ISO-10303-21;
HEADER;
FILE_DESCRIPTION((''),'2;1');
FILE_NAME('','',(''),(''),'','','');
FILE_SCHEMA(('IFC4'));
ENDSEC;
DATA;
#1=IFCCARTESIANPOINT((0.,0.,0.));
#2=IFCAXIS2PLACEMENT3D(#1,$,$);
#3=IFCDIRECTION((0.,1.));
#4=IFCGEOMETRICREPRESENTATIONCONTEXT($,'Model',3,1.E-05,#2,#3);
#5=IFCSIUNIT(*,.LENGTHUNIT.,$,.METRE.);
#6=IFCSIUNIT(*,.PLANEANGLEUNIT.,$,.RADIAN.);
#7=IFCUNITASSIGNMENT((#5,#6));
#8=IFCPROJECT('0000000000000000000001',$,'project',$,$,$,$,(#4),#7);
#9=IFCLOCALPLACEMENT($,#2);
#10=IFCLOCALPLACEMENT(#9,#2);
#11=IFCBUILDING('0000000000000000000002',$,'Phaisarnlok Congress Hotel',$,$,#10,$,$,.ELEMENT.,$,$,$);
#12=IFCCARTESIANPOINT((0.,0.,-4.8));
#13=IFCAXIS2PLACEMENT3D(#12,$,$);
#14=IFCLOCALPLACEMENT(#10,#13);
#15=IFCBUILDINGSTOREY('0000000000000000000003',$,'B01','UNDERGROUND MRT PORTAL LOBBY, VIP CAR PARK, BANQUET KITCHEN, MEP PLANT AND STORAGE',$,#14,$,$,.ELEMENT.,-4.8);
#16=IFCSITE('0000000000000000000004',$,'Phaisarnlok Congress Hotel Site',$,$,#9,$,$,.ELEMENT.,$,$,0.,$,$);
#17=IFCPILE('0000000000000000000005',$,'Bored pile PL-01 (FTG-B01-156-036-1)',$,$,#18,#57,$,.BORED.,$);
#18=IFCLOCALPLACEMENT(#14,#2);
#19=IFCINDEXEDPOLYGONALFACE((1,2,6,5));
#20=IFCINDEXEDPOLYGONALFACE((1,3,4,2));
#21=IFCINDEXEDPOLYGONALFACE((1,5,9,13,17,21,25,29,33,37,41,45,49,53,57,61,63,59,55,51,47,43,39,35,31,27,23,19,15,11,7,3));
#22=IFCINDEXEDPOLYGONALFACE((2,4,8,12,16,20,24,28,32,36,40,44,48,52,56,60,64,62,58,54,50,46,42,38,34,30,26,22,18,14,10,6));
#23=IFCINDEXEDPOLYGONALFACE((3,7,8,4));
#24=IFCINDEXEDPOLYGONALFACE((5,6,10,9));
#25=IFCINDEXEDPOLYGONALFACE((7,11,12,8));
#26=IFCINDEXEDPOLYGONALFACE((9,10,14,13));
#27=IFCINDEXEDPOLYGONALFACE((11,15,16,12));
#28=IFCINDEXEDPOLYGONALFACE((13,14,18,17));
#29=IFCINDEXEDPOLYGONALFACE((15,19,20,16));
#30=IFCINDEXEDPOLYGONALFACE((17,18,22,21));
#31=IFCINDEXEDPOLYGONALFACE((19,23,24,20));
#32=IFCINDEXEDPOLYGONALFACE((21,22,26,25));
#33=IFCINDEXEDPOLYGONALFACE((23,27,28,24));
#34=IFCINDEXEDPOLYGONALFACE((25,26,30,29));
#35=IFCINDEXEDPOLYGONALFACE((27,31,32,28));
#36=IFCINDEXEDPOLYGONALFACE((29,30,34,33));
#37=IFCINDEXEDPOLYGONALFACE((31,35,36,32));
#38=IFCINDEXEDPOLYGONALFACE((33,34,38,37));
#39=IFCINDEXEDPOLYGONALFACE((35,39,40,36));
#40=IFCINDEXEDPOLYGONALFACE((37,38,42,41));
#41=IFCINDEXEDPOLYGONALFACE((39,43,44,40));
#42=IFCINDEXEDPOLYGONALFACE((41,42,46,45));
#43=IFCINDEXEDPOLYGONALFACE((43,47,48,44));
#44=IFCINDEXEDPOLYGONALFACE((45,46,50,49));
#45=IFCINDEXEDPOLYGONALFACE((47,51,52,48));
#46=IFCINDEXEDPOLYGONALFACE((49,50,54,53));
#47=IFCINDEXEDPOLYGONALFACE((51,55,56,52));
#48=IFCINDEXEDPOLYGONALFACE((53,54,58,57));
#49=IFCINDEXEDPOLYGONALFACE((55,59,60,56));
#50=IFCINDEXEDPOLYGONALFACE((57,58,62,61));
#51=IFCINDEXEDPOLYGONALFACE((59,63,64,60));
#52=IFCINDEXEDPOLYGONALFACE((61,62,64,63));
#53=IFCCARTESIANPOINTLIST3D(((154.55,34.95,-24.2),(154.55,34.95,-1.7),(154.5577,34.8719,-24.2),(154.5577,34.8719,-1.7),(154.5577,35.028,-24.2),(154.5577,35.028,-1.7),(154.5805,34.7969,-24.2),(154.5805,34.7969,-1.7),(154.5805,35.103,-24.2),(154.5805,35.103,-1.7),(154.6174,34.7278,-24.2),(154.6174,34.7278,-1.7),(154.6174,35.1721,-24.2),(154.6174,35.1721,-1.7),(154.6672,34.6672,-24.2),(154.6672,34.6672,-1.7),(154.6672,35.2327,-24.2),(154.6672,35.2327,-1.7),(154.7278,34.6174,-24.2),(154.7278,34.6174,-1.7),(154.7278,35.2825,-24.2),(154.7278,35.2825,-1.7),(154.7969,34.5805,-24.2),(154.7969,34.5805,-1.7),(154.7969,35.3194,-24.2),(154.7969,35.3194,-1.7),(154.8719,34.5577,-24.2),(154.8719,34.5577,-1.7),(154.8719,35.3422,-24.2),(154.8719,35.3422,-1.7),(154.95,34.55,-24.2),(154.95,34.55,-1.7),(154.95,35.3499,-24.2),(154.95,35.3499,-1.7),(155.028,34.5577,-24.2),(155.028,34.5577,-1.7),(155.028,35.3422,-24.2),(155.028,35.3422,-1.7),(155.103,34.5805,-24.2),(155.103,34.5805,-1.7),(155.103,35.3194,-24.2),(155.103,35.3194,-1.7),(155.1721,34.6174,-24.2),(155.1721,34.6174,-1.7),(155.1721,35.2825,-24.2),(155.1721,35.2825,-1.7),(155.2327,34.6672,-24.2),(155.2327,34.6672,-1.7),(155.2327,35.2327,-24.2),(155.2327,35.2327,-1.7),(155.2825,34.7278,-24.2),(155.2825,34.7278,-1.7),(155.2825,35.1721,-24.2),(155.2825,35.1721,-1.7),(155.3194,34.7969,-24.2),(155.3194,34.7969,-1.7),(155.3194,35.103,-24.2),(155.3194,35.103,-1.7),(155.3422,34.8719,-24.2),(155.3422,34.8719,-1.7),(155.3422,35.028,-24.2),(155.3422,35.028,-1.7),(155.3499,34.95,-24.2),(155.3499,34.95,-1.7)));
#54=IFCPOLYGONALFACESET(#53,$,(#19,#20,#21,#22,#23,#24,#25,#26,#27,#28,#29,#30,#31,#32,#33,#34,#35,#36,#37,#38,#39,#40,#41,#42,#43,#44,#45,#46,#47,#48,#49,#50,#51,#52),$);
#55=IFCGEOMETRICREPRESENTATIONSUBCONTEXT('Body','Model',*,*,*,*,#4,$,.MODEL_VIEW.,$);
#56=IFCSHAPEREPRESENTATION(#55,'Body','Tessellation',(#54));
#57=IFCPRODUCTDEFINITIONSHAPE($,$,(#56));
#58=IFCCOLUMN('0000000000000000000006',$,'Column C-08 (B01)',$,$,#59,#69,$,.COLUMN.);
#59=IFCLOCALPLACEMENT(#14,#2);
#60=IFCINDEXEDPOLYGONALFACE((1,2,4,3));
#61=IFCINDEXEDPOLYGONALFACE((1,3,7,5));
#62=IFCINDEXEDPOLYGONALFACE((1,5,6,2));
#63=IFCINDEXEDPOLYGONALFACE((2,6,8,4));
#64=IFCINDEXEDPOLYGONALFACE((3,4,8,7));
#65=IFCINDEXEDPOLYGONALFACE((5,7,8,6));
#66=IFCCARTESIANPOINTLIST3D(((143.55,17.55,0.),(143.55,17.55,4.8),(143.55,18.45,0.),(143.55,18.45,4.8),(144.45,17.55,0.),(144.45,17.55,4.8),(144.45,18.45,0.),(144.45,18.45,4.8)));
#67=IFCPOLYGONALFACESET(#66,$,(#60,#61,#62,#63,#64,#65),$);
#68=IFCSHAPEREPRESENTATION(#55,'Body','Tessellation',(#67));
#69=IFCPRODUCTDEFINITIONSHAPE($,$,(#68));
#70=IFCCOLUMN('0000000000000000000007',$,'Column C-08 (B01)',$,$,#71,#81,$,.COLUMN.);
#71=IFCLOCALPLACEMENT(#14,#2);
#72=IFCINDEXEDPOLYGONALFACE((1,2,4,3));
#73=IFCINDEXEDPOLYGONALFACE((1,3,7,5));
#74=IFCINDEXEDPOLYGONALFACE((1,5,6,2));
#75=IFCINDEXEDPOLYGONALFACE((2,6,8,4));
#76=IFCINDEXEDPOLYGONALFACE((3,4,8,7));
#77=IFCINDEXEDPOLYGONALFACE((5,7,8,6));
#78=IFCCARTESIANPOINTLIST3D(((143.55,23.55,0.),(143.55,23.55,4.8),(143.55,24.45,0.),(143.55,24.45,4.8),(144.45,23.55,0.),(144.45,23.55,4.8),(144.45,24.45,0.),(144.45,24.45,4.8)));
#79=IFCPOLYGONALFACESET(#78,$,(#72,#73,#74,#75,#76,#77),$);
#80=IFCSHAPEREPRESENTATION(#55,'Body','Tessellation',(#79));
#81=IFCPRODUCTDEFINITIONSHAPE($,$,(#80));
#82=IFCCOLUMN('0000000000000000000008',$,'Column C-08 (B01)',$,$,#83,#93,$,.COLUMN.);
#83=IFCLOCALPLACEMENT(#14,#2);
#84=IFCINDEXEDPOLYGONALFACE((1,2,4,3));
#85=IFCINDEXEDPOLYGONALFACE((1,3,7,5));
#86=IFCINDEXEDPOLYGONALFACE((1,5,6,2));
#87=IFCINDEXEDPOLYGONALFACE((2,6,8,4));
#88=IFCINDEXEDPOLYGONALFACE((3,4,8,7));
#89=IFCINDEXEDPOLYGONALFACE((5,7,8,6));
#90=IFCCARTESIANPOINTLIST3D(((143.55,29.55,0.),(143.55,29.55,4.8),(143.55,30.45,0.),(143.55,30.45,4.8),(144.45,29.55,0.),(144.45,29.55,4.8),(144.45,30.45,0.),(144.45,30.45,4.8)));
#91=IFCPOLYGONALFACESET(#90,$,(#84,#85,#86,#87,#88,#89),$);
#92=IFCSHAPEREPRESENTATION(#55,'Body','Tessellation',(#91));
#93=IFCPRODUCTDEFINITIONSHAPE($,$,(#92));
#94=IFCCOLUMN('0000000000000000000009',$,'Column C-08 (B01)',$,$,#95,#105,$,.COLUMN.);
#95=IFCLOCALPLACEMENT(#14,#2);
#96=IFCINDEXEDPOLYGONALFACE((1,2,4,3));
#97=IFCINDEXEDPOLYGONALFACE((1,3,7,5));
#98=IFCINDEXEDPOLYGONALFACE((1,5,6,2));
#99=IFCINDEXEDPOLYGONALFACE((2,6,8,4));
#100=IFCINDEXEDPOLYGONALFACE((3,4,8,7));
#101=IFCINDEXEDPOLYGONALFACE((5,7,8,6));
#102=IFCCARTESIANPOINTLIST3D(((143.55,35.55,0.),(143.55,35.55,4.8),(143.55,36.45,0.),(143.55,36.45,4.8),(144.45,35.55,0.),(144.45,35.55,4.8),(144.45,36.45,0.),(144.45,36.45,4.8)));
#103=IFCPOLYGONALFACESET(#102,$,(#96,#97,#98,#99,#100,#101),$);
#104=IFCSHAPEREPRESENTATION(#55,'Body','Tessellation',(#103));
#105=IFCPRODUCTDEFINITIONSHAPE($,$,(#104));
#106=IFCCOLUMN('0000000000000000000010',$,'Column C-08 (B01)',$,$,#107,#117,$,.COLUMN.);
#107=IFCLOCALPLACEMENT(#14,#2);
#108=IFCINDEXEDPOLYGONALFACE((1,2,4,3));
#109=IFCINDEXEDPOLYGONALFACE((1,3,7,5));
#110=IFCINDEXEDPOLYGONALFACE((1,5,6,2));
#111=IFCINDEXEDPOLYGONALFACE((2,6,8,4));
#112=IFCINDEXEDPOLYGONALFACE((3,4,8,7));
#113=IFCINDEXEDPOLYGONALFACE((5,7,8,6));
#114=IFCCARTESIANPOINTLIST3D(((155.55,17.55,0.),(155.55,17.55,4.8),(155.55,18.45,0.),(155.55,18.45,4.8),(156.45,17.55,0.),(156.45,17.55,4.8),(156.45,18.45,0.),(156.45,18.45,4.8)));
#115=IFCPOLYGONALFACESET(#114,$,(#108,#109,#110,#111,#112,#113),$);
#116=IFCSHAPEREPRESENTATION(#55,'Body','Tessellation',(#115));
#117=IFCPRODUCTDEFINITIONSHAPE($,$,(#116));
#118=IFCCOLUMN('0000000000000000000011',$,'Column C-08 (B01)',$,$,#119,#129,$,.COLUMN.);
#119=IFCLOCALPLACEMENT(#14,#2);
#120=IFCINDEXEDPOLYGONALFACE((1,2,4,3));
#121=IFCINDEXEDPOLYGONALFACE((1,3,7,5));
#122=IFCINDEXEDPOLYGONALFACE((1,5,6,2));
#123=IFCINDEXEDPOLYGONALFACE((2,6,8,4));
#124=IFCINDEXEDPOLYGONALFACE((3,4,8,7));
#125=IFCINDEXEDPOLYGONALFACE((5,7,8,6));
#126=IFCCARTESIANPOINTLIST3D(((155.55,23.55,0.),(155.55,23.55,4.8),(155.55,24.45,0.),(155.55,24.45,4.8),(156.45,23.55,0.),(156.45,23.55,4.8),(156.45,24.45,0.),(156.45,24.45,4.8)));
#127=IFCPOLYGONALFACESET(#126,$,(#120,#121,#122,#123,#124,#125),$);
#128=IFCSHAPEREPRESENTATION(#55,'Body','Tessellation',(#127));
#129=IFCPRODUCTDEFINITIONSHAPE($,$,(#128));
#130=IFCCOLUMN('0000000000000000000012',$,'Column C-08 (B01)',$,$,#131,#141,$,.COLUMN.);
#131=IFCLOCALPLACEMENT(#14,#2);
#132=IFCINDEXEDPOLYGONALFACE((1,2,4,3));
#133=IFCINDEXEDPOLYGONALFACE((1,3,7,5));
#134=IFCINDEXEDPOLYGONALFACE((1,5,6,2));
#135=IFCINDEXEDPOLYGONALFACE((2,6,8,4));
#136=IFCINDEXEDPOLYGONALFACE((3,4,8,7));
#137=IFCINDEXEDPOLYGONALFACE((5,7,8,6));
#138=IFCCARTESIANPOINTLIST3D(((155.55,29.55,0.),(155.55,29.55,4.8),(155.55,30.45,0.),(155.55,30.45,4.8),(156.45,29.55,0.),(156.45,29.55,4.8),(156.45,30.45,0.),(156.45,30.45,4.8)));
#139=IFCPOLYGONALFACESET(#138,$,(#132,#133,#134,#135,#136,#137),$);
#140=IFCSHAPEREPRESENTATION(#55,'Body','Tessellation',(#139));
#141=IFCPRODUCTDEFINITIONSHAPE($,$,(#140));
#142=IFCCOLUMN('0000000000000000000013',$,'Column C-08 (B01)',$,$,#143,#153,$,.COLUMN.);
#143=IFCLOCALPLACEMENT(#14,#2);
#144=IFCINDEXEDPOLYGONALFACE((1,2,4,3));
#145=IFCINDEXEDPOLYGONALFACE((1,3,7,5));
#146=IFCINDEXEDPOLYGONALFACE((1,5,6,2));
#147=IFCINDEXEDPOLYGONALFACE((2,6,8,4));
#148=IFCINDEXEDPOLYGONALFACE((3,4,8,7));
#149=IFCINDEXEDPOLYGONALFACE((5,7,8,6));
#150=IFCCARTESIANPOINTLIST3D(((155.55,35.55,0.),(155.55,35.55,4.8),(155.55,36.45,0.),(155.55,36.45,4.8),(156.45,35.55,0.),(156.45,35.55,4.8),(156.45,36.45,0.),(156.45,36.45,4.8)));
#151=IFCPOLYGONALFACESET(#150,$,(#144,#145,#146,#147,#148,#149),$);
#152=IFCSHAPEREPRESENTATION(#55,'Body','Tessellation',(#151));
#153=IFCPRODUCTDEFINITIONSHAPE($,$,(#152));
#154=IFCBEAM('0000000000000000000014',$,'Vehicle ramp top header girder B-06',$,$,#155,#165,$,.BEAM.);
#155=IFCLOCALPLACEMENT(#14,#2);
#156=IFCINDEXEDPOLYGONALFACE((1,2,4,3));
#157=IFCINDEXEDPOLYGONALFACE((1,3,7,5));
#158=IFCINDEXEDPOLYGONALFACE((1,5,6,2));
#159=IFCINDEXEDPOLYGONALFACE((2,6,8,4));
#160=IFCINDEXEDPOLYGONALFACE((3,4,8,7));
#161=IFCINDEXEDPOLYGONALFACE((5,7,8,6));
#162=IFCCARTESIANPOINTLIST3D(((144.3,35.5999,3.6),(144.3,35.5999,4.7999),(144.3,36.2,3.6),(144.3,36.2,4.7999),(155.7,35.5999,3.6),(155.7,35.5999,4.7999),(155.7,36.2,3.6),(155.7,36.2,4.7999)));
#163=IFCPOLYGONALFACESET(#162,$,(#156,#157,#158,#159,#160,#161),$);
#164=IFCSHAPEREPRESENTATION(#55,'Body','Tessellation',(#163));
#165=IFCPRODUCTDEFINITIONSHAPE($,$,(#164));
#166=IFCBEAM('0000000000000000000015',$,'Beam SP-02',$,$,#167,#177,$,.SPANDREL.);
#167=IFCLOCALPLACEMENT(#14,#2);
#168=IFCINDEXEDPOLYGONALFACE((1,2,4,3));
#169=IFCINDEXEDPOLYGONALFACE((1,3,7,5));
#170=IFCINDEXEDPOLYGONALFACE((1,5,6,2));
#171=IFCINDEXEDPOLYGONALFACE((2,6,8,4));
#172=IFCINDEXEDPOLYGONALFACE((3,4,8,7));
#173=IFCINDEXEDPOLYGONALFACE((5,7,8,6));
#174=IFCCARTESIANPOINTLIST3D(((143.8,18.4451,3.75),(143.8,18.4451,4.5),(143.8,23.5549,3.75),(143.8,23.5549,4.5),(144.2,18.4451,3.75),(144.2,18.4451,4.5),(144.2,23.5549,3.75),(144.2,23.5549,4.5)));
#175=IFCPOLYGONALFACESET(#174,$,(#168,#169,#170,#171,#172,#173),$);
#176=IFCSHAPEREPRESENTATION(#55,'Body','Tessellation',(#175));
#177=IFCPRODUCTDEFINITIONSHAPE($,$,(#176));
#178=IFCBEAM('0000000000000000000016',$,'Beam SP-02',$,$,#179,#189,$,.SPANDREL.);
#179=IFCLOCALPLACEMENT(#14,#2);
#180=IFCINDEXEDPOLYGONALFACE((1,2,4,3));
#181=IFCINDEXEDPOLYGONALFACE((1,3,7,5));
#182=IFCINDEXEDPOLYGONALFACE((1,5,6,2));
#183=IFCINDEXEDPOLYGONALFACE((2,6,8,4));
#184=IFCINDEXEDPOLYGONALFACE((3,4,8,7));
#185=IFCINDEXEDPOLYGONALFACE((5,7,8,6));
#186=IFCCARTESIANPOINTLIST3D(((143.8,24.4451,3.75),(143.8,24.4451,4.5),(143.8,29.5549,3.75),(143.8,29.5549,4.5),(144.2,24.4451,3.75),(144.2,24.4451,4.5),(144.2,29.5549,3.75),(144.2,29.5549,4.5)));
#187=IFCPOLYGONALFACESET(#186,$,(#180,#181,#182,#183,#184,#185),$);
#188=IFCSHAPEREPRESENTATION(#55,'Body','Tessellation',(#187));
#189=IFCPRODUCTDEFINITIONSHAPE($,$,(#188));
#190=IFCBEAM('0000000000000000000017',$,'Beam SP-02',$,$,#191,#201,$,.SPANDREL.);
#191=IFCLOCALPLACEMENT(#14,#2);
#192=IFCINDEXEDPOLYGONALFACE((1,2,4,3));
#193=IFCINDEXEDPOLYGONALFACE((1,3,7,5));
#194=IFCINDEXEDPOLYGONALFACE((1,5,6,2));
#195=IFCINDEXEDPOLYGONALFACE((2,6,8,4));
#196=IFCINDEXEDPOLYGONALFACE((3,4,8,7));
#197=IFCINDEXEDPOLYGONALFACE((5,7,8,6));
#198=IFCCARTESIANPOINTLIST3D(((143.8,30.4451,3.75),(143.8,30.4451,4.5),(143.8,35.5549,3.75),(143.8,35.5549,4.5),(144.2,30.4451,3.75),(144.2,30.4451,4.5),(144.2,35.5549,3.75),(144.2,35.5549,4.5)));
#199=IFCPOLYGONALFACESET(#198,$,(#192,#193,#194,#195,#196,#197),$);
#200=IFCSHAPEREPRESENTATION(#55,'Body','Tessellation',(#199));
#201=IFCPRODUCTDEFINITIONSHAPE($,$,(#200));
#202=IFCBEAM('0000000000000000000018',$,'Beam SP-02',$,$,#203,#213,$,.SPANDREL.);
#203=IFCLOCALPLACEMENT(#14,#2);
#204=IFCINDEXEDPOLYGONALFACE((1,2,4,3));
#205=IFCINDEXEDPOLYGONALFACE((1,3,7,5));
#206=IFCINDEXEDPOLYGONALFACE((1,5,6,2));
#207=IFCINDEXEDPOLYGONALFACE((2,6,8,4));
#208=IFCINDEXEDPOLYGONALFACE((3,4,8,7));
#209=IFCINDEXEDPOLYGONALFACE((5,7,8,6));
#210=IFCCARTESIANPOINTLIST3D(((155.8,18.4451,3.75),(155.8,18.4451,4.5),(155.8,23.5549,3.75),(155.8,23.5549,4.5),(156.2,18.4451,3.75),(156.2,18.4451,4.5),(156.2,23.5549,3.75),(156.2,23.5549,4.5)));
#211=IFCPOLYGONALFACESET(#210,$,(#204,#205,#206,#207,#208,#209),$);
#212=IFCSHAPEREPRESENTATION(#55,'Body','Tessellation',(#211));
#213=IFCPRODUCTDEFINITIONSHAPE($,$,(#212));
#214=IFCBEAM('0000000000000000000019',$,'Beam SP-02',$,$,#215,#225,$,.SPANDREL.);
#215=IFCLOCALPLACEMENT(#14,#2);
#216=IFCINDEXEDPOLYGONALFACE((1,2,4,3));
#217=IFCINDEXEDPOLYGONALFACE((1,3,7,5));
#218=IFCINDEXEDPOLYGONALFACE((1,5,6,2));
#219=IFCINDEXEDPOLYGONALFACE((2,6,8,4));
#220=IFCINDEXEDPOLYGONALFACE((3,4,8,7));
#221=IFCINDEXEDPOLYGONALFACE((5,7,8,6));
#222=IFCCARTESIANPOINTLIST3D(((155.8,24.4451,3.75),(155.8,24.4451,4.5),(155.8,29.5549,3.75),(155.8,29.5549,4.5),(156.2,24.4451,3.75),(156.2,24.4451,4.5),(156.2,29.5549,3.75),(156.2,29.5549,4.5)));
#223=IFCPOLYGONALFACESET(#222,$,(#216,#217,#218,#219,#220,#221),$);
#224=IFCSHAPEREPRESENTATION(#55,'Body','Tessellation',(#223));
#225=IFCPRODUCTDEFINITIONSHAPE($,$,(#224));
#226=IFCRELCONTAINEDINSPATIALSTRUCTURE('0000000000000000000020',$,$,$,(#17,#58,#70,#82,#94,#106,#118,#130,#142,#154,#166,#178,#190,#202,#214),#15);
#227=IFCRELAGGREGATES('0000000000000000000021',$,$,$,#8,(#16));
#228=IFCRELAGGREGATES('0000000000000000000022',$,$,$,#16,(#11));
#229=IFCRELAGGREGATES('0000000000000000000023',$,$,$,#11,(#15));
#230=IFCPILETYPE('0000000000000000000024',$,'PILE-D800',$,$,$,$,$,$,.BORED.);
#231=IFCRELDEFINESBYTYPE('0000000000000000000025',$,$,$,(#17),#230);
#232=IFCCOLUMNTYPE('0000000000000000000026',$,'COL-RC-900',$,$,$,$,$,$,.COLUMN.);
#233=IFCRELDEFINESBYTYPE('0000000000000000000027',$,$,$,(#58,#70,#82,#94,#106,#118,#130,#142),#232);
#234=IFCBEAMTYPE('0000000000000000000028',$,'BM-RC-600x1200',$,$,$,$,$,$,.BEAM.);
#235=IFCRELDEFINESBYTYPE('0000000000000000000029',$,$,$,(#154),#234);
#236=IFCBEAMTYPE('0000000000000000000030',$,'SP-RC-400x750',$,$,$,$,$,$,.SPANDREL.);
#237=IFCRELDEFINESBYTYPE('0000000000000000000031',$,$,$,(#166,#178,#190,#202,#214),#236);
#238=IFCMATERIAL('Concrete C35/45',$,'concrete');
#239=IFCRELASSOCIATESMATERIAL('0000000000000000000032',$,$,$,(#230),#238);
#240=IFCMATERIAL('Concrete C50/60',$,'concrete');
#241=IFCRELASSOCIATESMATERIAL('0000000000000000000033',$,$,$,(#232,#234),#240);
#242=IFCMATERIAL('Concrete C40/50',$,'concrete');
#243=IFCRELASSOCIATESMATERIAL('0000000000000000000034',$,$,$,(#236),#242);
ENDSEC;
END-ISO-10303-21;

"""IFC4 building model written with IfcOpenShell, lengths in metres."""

from ifc_helpers import new_model, si_unit, direction, frame, origin, origin_2d, place, context, subcontext, project, spatial, rectangle, circle, extrude, material, material_profile, profile_set, type_object, element, save


model = new_model("IFC4")

# Units and contexts
model_context = context("Model", 3, precision=1e-05, world=origin(), true_north=direction((0.0, 1.0)))
body_context = subcontext(model_context, "Body", "Model", "MODEL_VIEW")
ifc_project = project(units=[si_unit("LENGTHUNIT", "METRE"), si_unit("PLANEANGLEUNIT", "RADIAN")], contexts=[model_context])

# Site, building, storey
site_placement = place(None, origin())
site = spatial("IfcSite", under=ifc_project, at=site_placement, Name="Phaisarnlok Congress Hotel Site", CompositionType="ELEMENT", RefElevation=0.0)
building_placement = place(site_placement, origin())
building = spatial("IfcBuilding", under=site, at=building_placement, Name="Phaisarnlok Congress Hotel", CompositionType="ELEMENT")
storey_placement = place(building_placement, frame((0.0, 0.0, -4.8)))
storey = spatial("IfcBuildingStorey", under=building, at=storey_placement, Name="B01", Description="UNDERGROUND MRT PORTAL LOBBY, VIP CAR PARK, BANQUET KITCHEN, MEP PLANT AND STORAGE", CompositionType="ELEMENT", Elevation=-4.8)

# Shared definitions
ifc_material_1 = material(Name="Concrete C40/50", Category="concrete")

# Pile
ifc_material_2 = material(Name="Concrete C35/45", Category="concrete")
ifc_material_profile_1 = material_profile(ifc_material_2, circle(Radius=0.3999, at=origin_2d()), Name="BORED PILE D800")
ifc_profile_set_1 = profile_set([ifc_material_profile_1], Name="Concrete C35/45")
pile_type_1 = type_object("IfcPileType", Name="PILE-D800", PredefinedType="BORED", material=ifc_profile_set_1)
pile_1_placement = place(storey_placement, frame((154.95, 34.95, -1.7), z_axis=(0.0, 0.0, -1.0), x_axis=(1.0, 0.0, 0.0)))
element("IfcPile", 1, at=pile_1_placement, inside=storey, type_object=pile_type_1, Name="Bored pile PL-01 (FTG-B01-156-036-1)", PredefinedType="BORED", context=body_context, shape_type="SweptSolid", body=[
    extrude(circle(Radius=0.3999, at=origin_2d()), origin(), (0.0, 0.0, 1.0), 22.5),
])

# Columns
ifc_material_3 = material(Name="Concrete C50/60", Category="concrete")
ifc_material_profile_2 = material_profile(ifc_material_3, rectangle(XDim=0.8999, YDim=0.8999, at=origin_2d()), Name="RC 900x900")
ifc_profile_set_2 = profile_set([ifc_material_profile_2], Name="Concrete C50/60")
column_type = type_object("IfcColumnType", Name="COL-RC-900", PredefinedType="COLUMN", material=ifc_profile_set_2)
for number, where, z_axis, x_axis, name in (
    (2, (144.0, 18.0, 0.0), (0.0, 0.0, 1.0), (1.0, 0.0, 0.0), "Column C-08 (B01)"),
    (3, (144.0, 24.0, 0.0), (0.0, 0.0, 1.0), (1.0, 0.0, 0.0), "Column C-08 (B01)"),
    (4, (144.0, 30.0, 0.0), (0.0, 0.0, 1.0), (1.0, 0.0, 0.0), "Column C-08 (B01)"),
    (5, (144.0, 36.0, 0.0), (0.0, 0.0, 1.0), (1.0, 0.0, 0.0), "Column C-08 (B01)"),
    (6, (156.0, 18.0, 0.0), (0.0, 0.0, 1.0), (1.0, 0.0, 0.0), "Column C-08 (B01)"),
    (7, (156.0, 24.0, 0.0), (0.0, 0.0, 1.0), (1.0, 0.0, 0.0), "Column C-08 (B01)"),
    (8, (156.0, 30.0, 0.0), (0.0, 0.0, 1.0), (1.0, 0.0, 0.0), "Column C-08 (B01)"),
    (9, (156.0, 36.0, 0.0), (0.0, 0.0, 1.0), (1.0, 0.0, 0.0), "Column C-08 (B01)"),
):
    element("IfcColumn", number, at=place(storey_placement, frame(where, z_axis=z_axis, x_axis=x_axis)), inside=storey, type_object=column_type, Name=name, PredefinedType="COLUMN", context=body_context, shape_type="SweptSolid", body=[
        extrude(rectangle(XDim=0.8999, YDim=0.8999, at=origin_2d()), origin(), (0.0, 0.0, 1.0), 4.8),
    ])

# Beams
ifc_material_profile_3 = material_profile(ifc_material_3, rectangle(XDim=0.6001, YDim=1.2, at=origin_2d()), Name="RC 600x1200")
ifc_profile_set_3 = profile_set([ifc_material_profile_3], Name="Concrete C50/60")
beam_type_1 = type_object("IfcBeamType", Name="BM-RC-600x1200", PredefinedType="BEAM", material=ifc_profile_set_3)
beam_placement = place(storey_placement, frame((144.3, 35.8999, 4.2), z_axis=(1.0, 0.0, 0.0), x_axis=(0.0, 1.0, 0.0)))
element("IfcBeam", 10, at=beam_placement, inside=storey, type_object=beam_type_1, Name="Vehicle ramp top header girder B-06", PredefinedType="BEAM", context=body_context, shape_type="SweptSolid", body=[
    extrude(rectangle(XDim=0.6001, YDim=1.2, at=origin_2d()), origin(), (0.0, 0.0, 1.0), 11.3999),
])
ifc_material_profile_4 = material_profile(ifc_material_1, rectangle(XDim=0.3999, YDim=0.75, at=origin_2d()), Name="RC 400x750")
ifc_profile_set_4 = profile_set([ifc_material_profile_4], Name="Concrete C40/50")
beam_type_2 = type_object("IfcBeamType", Name="SP-RC-400x750", PredefinedType="SPANDREL", material=ifc_profile_set_4)
for number, where, z_axis, x_axis, name in (
    (11, (144.0, 18.4451, 4.125), (0.0, 1.0, 0.0), (-1.0, 0.0, 0.0), "Beam SP-02"),
    (12, (144.0, 24.4451, 4.125), (0.0, 1.0, 0.0), (-1.0, 0.0, 0.0), "Beam SP-02"),
    (13, (144.0, 30.4451, 4.125), (0.0, 1.0, 0.0), (-1.0, 0.0, 0.0), "Beam SP-02"),
    (14, (156.0, 18.4451, 4.125), (0.0, 1.0, 0.0), (-1.0, 0.0, 0.0), "Beam SP-02"),
    (15, (156.0, 24.4451, 4.125), (0.0, 1.0, 0.0), (-1.0, 0.0, 0.0), "Beam SP-02"),
):
    element("IfcBeam", number, at=place(storey_placement, frame(where, z_axis=z_axis, x_axis=x_axis)), inside=storey, type_object=beam_type_2, Name=name, PredefinedType="SPANDREL", context=body_context, shape_type="SweptSolid", body=[
        extrude(rectangle(XDim=0.3999, YDim=0.75, at=origin_2d()), origin(), (0.0, 0.0, 1.0), 5.1099),
    ])

save(model, "model.ifc")
